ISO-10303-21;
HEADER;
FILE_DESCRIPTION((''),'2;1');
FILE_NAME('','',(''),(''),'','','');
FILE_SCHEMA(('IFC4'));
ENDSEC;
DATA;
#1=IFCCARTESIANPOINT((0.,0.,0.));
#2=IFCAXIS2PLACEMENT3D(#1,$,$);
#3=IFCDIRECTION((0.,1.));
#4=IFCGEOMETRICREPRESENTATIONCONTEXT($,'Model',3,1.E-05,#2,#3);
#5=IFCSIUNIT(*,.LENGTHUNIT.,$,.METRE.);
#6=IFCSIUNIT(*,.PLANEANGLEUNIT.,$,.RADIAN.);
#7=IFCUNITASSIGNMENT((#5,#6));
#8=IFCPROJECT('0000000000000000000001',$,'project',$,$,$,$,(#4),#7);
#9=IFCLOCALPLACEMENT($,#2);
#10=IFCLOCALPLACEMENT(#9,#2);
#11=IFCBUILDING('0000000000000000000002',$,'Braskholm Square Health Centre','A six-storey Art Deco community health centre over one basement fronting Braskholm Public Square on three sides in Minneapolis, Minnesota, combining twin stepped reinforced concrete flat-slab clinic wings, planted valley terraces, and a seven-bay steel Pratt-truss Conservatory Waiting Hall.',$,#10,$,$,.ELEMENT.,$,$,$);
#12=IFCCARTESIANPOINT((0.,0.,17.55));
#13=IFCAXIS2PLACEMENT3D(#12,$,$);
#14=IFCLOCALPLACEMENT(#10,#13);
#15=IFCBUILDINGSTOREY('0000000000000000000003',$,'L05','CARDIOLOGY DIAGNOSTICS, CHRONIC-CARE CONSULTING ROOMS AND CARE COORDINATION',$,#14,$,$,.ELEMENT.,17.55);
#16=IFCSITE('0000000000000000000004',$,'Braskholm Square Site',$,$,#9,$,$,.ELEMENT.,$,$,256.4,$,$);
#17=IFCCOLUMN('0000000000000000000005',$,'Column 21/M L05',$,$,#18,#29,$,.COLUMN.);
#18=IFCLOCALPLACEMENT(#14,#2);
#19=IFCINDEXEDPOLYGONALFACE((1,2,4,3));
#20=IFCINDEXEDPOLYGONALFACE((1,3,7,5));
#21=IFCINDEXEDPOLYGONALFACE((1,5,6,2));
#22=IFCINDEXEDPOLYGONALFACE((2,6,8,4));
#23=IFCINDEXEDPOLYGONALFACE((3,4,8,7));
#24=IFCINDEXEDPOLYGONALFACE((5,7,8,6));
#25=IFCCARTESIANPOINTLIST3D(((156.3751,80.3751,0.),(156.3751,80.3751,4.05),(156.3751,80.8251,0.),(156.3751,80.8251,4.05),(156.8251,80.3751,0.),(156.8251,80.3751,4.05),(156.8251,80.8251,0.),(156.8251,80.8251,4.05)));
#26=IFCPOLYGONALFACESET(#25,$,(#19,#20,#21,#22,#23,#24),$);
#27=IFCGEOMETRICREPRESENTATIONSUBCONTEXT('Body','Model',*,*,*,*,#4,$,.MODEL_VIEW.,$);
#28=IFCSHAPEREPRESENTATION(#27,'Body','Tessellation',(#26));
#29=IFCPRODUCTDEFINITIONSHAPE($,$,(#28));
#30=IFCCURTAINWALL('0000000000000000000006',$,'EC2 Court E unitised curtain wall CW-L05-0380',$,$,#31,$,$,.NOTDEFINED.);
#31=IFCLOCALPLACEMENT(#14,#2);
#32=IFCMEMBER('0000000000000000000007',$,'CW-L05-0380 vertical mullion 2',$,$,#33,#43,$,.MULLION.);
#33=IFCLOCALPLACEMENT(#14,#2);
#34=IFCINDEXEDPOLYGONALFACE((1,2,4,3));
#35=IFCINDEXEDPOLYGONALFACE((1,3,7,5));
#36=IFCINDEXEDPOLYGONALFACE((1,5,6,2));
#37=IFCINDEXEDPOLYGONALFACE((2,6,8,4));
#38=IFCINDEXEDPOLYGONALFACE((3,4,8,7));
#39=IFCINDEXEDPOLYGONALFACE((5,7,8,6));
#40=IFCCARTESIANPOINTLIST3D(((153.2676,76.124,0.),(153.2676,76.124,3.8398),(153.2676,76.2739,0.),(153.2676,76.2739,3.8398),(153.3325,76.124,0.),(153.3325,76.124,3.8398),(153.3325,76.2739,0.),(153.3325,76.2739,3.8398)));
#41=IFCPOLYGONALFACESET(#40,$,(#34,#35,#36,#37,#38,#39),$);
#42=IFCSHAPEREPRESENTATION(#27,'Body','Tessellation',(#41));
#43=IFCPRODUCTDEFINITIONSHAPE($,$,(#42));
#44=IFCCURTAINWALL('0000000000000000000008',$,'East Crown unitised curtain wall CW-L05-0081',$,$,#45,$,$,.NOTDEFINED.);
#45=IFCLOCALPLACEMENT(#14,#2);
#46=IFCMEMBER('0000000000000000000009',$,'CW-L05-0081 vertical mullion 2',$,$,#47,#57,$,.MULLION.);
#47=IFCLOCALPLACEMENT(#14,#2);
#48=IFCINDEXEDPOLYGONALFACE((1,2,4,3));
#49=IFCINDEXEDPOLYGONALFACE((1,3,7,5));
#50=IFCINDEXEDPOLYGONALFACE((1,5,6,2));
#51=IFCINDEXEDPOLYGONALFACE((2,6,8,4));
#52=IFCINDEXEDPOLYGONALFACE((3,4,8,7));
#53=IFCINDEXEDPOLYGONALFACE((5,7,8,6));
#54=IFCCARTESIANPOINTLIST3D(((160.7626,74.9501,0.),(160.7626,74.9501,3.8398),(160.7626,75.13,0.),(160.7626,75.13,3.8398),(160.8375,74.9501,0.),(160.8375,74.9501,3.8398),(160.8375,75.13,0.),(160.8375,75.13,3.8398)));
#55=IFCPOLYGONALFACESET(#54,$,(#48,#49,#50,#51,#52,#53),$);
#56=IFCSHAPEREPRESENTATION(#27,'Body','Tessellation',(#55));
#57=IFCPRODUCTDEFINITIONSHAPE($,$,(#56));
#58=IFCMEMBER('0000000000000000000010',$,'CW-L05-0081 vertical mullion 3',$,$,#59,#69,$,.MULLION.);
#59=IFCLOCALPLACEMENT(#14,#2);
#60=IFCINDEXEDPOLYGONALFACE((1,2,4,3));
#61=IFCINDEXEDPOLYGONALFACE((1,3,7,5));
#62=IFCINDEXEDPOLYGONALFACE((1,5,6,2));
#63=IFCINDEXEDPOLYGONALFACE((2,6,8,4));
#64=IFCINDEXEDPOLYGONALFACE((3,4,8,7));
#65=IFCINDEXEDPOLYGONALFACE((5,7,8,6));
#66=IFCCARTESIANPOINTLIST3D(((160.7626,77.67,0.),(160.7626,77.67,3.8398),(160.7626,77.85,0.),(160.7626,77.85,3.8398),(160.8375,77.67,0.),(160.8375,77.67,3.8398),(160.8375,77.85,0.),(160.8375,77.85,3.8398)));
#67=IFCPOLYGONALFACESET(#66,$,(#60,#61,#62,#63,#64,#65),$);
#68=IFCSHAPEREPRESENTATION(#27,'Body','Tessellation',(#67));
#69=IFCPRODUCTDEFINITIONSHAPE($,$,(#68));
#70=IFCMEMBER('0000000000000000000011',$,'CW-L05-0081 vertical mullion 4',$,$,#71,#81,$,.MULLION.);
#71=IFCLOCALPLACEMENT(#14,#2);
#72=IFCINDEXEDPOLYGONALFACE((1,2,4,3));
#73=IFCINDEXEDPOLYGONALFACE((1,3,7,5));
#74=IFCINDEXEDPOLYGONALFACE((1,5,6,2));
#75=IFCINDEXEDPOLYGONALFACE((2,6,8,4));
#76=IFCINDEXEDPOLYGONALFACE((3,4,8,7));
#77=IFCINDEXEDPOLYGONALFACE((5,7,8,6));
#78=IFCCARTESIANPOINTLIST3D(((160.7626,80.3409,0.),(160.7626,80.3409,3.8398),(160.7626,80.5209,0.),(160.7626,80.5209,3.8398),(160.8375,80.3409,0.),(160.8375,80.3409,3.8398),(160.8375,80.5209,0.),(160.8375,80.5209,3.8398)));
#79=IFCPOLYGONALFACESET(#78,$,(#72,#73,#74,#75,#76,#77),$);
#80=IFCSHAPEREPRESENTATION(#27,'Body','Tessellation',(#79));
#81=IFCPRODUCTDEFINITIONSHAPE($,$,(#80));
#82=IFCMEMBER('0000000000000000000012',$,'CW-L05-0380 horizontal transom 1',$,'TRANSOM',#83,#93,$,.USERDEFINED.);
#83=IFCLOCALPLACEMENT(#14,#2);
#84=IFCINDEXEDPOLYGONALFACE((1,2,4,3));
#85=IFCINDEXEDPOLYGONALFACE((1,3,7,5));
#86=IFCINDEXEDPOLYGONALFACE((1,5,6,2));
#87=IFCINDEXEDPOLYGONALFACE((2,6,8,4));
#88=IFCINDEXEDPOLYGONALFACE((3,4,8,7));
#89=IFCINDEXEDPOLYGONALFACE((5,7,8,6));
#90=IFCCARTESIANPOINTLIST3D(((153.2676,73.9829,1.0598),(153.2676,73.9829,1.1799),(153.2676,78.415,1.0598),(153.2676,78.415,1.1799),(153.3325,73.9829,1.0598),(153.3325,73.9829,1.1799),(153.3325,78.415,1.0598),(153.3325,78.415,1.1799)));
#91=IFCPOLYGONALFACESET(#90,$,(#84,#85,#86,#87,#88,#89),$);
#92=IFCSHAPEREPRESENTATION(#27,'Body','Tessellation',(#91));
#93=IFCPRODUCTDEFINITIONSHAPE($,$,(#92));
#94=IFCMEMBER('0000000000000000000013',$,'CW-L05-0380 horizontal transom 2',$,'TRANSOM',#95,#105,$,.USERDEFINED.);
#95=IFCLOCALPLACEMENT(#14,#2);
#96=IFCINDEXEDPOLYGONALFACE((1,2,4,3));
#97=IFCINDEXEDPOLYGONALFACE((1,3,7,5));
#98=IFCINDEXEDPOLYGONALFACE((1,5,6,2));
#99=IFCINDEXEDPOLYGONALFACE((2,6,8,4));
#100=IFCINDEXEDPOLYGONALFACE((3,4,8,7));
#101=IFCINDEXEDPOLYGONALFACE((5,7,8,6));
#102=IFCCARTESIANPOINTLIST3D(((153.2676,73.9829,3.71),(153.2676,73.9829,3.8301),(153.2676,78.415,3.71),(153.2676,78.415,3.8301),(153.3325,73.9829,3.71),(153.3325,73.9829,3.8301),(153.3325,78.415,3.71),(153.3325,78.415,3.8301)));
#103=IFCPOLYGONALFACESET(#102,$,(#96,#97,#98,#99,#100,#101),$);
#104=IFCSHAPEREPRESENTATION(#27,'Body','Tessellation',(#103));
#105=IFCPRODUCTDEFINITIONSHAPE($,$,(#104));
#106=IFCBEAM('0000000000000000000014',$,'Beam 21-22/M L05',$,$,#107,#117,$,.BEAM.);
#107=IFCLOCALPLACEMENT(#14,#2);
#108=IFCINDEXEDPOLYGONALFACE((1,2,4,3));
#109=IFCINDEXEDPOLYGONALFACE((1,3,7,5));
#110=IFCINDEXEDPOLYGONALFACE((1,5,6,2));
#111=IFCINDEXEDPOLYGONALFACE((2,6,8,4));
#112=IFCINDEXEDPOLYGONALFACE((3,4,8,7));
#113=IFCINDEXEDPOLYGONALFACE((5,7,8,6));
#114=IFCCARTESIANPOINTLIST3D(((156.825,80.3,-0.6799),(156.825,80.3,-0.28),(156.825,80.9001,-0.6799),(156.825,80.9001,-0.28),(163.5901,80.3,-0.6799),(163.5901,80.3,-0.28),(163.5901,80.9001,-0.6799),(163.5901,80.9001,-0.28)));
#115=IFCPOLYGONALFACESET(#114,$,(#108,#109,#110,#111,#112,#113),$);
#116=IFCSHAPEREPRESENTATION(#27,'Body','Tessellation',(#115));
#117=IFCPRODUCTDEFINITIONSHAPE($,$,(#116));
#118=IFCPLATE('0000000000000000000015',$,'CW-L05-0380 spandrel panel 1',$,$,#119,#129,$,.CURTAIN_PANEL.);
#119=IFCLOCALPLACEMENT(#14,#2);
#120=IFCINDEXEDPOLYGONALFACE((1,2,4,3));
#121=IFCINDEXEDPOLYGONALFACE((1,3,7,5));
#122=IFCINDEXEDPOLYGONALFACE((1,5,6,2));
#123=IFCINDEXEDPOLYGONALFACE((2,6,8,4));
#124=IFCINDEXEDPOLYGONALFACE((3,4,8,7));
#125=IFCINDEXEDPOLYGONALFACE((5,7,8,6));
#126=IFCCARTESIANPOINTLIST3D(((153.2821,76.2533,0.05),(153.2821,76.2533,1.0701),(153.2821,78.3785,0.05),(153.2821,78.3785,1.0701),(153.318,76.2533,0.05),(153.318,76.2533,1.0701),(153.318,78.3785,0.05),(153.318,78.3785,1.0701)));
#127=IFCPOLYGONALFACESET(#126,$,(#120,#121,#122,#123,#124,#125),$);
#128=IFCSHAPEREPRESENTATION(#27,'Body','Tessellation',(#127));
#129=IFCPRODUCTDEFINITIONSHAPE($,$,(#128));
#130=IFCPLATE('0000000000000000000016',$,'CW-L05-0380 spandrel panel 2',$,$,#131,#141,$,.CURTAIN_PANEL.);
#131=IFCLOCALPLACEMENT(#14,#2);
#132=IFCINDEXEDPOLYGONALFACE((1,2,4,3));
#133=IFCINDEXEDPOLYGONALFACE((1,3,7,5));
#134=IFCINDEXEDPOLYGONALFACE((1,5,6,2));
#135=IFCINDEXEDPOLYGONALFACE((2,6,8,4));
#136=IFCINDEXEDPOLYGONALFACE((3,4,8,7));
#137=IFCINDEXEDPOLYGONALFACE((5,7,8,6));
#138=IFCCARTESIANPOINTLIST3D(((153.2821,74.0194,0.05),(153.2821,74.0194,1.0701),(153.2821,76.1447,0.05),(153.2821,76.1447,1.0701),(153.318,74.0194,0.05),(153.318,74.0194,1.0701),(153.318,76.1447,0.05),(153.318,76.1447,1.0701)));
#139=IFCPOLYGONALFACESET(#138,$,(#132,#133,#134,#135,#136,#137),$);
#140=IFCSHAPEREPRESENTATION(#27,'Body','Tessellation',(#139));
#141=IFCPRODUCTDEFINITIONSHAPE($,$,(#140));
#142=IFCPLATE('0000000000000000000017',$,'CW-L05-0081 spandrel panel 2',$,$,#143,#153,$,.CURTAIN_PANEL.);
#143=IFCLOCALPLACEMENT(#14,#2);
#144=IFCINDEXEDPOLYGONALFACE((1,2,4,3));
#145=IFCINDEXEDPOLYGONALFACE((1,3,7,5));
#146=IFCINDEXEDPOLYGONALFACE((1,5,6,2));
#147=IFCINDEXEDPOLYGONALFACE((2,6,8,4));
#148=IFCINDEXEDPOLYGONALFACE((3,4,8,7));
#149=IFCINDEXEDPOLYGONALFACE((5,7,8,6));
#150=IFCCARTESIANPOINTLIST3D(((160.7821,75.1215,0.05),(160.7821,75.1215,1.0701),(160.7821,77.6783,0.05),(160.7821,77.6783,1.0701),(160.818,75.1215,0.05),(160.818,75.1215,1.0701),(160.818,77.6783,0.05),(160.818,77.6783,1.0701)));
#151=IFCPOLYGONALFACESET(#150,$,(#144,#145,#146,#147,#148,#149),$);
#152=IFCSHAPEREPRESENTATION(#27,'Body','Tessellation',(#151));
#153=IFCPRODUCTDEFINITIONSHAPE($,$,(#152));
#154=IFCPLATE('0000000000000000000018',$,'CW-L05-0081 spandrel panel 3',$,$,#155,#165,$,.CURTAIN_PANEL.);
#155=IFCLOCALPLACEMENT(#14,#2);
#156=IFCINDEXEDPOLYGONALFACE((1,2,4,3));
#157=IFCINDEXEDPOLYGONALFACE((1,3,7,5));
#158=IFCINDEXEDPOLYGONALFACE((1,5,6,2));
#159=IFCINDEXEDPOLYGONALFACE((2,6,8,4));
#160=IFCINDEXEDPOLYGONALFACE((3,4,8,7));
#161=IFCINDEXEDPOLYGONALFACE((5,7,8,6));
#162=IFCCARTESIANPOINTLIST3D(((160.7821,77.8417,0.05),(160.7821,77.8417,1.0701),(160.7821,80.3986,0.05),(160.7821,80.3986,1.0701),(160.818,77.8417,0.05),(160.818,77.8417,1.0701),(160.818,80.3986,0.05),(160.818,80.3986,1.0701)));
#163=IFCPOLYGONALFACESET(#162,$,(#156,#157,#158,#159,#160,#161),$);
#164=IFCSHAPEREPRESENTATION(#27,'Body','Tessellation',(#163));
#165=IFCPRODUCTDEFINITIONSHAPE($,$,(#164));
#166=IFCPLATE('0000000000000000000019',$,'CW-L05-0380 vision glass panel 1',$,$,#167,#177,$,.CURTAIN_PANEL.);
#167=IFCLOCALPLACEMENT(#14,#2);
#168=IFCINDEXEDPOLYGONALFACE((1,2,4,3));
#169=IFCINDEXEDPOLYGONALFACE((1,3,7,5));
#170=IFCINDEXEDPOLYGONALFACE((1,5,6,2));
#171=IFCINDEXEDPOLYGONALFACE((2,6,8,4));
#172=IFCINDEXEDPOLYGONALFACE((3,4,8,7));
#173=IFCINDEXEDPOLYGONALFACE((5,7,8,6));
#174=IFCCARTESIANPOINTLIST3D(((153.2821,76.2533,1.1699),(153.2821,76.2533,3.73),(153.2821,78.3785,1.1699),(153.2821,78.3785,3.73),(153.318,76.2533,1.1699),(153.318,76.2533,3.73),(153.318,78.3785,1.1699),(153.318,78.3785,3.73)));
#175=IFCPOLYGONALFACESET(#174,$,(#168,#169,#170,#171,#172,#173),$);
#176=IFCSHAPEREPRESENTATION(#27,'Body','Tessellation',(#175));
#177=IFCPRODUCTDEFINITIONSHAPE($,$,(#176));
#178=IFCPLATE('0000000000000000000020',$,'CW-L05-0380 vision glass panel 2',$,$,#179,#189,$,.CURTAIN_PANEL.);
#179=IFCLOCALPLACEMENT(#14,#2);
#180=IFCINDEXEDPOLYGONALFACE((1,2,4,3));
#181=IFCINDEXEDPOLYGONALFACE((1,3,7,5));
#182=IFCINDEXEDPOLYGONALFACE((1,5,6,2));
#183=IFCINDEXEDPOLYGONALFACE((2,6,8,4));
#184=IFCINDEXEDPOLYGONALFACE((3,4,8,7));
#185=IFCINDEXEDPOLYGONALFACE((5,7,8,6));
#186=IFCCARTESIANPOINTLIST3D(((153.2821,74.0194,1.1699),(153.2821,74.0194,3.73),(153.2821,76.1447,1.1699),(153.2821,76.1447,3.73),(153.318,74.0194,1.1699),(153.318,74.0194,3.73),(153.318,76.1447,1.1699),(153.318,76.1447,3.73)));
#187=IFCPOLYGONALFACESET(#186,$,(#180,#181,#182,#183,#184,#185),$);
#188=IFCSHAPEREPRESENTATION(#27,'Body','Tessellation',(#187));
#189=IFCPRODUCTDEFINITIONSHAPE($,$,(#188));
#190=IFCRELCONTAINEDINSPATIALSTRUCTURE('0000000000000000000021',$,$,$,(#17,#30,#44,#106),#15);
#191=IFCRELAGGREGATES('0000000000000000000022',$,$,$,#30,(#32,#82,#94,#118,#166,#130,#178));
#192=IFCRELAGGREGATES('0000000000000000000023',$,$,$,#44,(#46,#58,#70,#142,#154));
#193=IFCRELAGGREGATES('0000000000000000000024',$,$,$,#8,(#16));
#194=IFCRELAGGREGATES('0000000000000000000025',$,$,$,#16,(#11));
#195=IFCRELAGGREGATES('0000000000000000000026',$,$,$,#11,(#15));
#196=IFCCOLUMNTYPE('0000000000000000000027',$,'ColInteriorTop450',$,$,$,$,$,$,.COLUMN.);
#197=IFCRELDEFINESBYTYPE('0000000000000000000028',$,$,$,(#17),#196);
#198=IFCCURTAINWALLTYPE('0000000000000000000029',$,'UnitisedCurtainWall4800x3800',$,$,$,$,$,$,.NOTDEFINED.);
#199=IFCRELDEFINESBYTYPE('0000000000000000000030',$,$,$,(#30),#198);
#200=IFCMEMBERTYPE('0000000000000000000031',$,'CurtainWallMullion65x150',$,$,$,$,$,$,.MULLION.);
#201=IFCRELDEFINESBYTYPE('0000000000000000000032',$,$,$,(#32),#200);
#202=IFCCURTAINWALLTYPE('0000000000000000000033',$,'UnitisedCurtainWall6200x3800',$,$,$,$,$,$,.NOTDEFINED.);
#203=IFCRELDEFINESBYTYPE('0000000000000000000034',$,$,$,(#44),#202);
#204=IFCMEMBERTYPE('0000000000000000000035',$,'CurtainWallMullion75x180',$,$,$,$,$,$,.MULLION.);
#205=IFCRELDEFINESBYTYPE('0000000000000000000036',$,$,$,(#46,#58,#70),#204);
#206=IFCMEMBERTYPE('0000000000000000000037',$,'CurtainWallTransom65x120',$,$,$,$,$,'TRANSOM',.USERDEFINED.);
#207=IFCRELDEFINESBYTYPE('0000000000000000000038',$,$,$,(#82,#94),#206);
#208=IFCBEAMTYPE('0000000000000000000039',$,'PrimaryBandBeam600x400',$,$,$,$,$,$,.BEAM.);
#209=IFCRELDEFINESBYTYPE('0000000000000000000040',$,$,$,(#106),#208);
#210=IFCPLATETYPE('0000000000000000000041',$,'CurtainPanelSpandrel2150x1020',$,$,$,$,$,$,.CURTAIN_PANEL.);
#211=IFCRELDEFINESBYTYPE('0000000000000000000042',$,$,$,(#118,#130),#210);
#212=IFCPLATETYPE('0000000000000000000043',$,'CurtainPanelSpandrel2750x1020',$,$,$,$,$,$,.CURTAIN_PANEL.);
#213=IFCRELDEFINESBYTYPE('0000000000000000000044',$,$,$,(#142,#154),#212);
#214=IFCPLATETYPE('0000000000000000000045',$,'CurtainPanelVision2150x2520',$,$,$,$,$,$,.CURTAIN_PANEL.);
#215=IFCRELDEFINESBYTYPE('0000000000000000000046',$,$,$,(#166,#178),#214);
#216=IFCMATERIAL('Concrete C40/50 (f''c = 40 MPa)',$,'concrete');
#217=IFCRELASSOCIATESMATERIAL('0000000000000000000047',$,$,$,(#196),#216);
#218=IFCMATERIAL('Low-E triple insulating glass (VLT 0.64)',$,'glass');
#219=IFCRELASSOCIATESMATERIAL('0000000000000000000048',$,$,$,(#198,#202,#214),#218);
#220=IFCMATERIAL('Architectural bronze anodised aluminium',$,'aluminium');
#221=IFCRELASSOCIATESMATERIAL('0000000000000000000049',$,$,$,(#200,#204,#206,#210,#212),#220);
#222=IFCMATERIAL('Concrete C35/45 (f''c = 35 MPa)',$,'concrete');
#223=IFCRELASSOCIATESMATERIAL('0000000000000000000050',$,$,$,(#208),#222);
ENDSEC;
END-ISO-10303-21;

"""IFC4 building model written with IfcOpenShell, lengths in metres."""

from ifc_helpers import new_model, si_unit, direction, frame, origin, origin_2d, place, context, subcontext, project, spatial, rectangle, extrude, material, material_profile, profile_set, type_object, element, aggregate, save


model = new_model("IFC4")

# Units and contexts
model_context = context("Model", 3, precision=1e-05, world=origin(), true_north=direction((0.0, 1.0)))
body_context = subcontext(model_context, "Body", "Model", "MODEL_VIEW")
ifc_project = project(units=[si_unit("LENGTHUNIT", "METRE"), si_unit("PLANEANGLEUNIT", "RADIAN")], contexts=[model_context])

# Site, building, storey
site_placement = place(None, origin())
site = spatial("IfcSite", under=ifc_project, at=site_placement, Name="Braskholm Square Site", CompositionType="ELEMENT", RefElevation=256.4)
building_placement = place(site_placement, origin())
building = spatial("IfcBuilding", under=site, at=building_placement, Name="Braskholm Square Health Centre", Description="A six-storey Art Deco community health centre over one basement fronting Braskholm Public Square on three sides in Minneapolis, Minnesota, combining twin stepped reinforced concrete flat-slab clinic wings, planted valley terraces, and a seven-bay steel Pratt-truss Conservatory Waiting Hall.", CompositionType="ELEMENT")
storey_placement = place(building_placement, frame((0.0, 0.0, 17.55)))
storey = spatial("IfcBuildingStorey", under=building, at=storey_placement, Name="L05", Description="CARDIOLOGY DIAGNOSTICS, CHRONIC-CARE CONSULTING ROOMS AND CARE COORDINATION", CompositionType="ELEMENT", Elevation=17.55)

# Column
ifc_material_1 = material(Name="Concrete C40/50 (f'c = 40 MPa)", Category="concrete")
ifc_material_profile_1 = material_profile(ifc_material_1, rectangle(XDim=0.45, YDim=0.45, at=origin_2d()), Name="RC-450X450")
ifc_profile_set_1 = profile_set([ifc_material_profile_1], Name="Concrete C40/50 (f'c = 40 MPa)")
column_type = type_object("IfcColumnType", Name="ColInteriorTop450", PredefinedType="COLUMN", material=ifc_profile_set_1)
column_placement = place(storey_placement, frame((156.6001, 80.6001, 0.0), z_axis=(0.0, 0.0, 1.0), x_axis=(1.0, 0.0, 0.0)))
element("IfcColumn", 1, at=column_placement, inside=storey, type_object=column_type, Name="Column 21/M L05", PredefinedType="COLUMN", context=body_context, shape_type="SweptSolid", body=[
    extrude(rectangle(XDim=0.45, YDim=0.45, at=origin_2d()), origin(), (0.0, 0.0, 1.0), 4.05),
])

# Curtain wall, member
ifc_material_2 = material(Name="Low-E triple insulating glass (VLT 0.64)", Category="glass")
curtain_wall_type_1 = type_object("IfcCurtainWallType", Name="UnitisedCurtainWall4800x3800", PredefinedType="NOTDEFINED", material=ifc_material_2)
curtain_wall_1_placement = place(storey_placement, origin())
curtain_wall_1 = element("IfcCurtainWall", 2, at=curtain_wall_1_placement, inside=storey, type_object=curtain_wall_type_1, Name="EC2 Court E unitised curtain wall CW-L05-0380", PredefinedType="NOTDEFINED")
ifc_material_3 = material(Name="Architectural bronze anodised aluminium", Category="aluminium")
ifc_material_profile_2 = material_profile(ifc_material_3, rectangle(XDim=0.0649, YDim=0.1499, at=origin_2d()), Name="ALU-65X150")
ifc_profile_set_2 = profile_set([ifc_material_profile_2], Name="Architectural bronze anodised aluminium")
member_type_1 = type_object("IfcMemberType", Name="CurtainWallMullion65x150", PredefinedType="MULLION", material=ifc_profile_set_2)
member_1_placement = place(storey_placement, frame((153.3, 76.199, 0.0), z_axis=(0.0, 0.0, 1.0), x_axis=(1.0, 0.0, 0.0)))
member_1 = element("IfcMember", 3, at=member_1_placement, type_object=member_type_1, Name="CW-L05-0380 vertical mullion 2", PredefinedType="MULLION", context=body_context, shape_type="SweptSolid", body=[
    extrude(rectangle(XDim=0.0649, YDim=0.1499, at=origin_2d()), origin(), (0.0, 0.0, 1.0), 3.8398),
])

# Curtain wall, members
curtain_wall_type_2 = type_object("IfcCurtainWallType", Name="UnitisedCurtainWall6200x3800", PredefinedType="NOTDEFINED", material=ifc_material_2)
curtain_wall_2_placement = place(storey_placement, origin())
curtain_wall_2 = element("IfcCurtainWall", 4, at=curtain_wall_2_placement, inside=storey, type_object=curtain_wall_type_2, Name="East Crown unitised curtain wall CW-L05-0081", PredefinedType="NOTDEFINED")
ifc_material_profile_3 = material_profile(ifc_material_3, rectangle(XDim=0.075, YDim=0.1799, at=origin_2d()), Name="ALU-75X180")
ifc_profile_set_3 = profile_set([ifc_material_profile_3], Name="Architectural bronze anodised aluminium")
member_type_2 = type_object("IfcMemberType", Name="CurtainWallMullion75x180", PredefinedType="MULLION", material=ifc_profile_set_3)
member_2_placement = place(storey_placement, frame((160.8, 75.04, 0.0), z_axis=(0.0, 0.0, 1.0), x_axis=(1.0, 0.0, 0.0)))
member_2 = element("IfcMember", 5, at=member_2_placement, type_object=member_type_2, Name="CW-L05-0081 vertical mullion 2", PredefinedType="MULLION", context=body_context, shape_type="SweptSolid", body=[
    extrude(rectangle(XDim=0.075, YDim=0.1799, at=origin_2d()), origin(), (0.0, 0.0, 1.0), 3.8398),
])
member_3_placement = place(storey_placement, frame((160.8, 77.76, 0.0), z_axis=(0.0, 0.0, 1.0), x_axis=(1.0, 0.0, 0.0)))
member_3 = element("IfcMember", 6, at=member_3_placement, type_object=member_type_2, Name="CW-L05-0081 vertical mullion 3", PredefinedType="MULLION", context=body_context, shape_type="SweptSolid", body=[
    extrude(rectangle(XDim=0.075, YDim=0.1799, at=origin_2d()), origin(), (0.0, 0.0, 1.0), 3.8398),
])
member_4_placement = place(storey_placement, frame((160.8, 80.4309, 0.0), z_axis=(0.0, 0.0, 1.0), x_axis=(1.0, 0.0, 0.0)))
member_4 = element("IfcMember", 7, at=member_4_placement, type_object=member_type_2, Name="CW-L05-0081 vertical mullion 4", PredefinedType="MULLION", context=body_context, shape_type="SweptSolid", body=[
    extrude(rectangle(XDim=0.075, YDim=0.1799, at=origin_2d()), origin(), (0.0, 0.0, 1.0), 3.8398),
])

# Members
ifc_material_profile_4 = material_profile(ifc_material_3, rectangle(XDim=0.0649, YDim=0.1201, at=origin_2d()), Name="ALU-65X120")
ifc_profile_set_4 = profile_set([ifc_material_profile_4], Name="Architectural bronze anodised aluminium")
member_type_3 = type_object("IfcMemberType", Name="CurtainWallTransom65x120", ElementType="TRANSOM", PredefinedType="USERDEFINED", material=ifc_profile_set_4)
member_5_placement = place(storey_placement, frame((153.3, 78.415, 1.1199), z_axis=(0.0, -1.0, 0.0), x_axis=(1.0, 0.0, 0.0)))
member_5 = element("IfcMember", 8, at=member_5_placement, type_object=member_type_3, Name="CW-L05-0380 horizontal transom 1", ObjectType="TRANSOM", PredefinedType="USERDEFINED", context=body_context, shape_type="SweptSolid", body=[
    extrude(rectangle(XDim=0.0649, YDim=0.1201, at=origin_2d()), origin(), (0.0, 0.0, 1.0), 4.4321),
])
member_6_placement = place(storey_placement, frame((153.3, 78.415, 3.77), z_axis=(0.0, -1.0, 0.0), x_axis=(1.0, 0.0, 0.0)))
member_6 = element("IfcMember", 9, at=member_6_placement, type_object=member_type_3, Name="CW-L05-0380 horizontal transom 2", ObjectType="TRANSOM", PredefinedType="USERDEFINED", context=body_context, shape_type="SweptSolid", body=[
    extrude(rectangle(XDim=0.0649, YDim=0.1201, at=origin_2d()), origin(), (0.0, 0.0, 1.0), 4.4321),
])

# Beam
ifc_material_4 = material(Name="Concrete C35/45 (f'c = 35 MPa)", Category="concrete")
ifc_material_profile_5 = material_profile(ifc_material_4, rectangle(XDim=0.6001, YDim=0.3999, at=origin_2d()), Name="RCB-600X400")
ifc_profile_set_5 = profile_set([ifc_material_profile_5], Name="Concrete C35/45 (f'c = 35 MPa)")
beam_type = type_object("IfcBeamType", Name="PrimaryBandBeam600x400", PredefinedType="BEAM", material=ifc_profile_set_5)
beam_placement = place(storey_placement, frame((156.825, 80.6001, -0.48), z_axis=(1.0, 0.0, 0.0), x_axis=(0.0, 1.0, 0.0)))
element("IfcBeam", 10, at=beam_placement, inside=storey, type_object=beam_type, Name="Beam 21-22/M L05", PredefinedType="BEAM", context=body_context, shape_type="SweptSolid", body=[
    extrude(rectangle(XDim=0.6001, YDim=0.3999, at=origin_2d()), origin(), (0.0, 0.0, 1.0), 6.7651),
])

# Plates
plate_type_1 = type_object("IfcPlateType", Name="CurtainPanelSpandrel2150x1020", PredefinedType="CURTAIN_PANEL", material=ifc_material_3)
plate_1_placement = place(storey_placement, frame((153.3, 77.3159, 0.05), z_axis=(0.0, 0.0, 1.0), x_axis=(0.0, -1.0, 0.0)))
plate_1 = element("IfcPlate", 11, at=plate_1_placement, type_object=plate_type_1, Name="CW-L05-0380 spandrel panel 1", PredefinedType="CURTAIN_PANEL", context=body_context, shape_type="SweptSolid", body=[
    extrude(rectangle(XDim=2.1252, YDim=0.0359, at=origin_2d()), origin(), (0.0, 0.0, 1.0), 1.02),
])
plate_2_placement = place(storey_placement, frame((153.3, 75.082, 0.05), z_axis=(0.0, 0.0, 1.0), x_axis=(0.0, -1.0, 0.0)))
plate_2 = element("IfcPlate", 12, at=plate_2_placement, type_object=plate_type_1, Name="CW-L05-0380 spandrel panel 2", PredefinedType="CURTAIN_PANEL", context=body_context, shape_type="SweptSolid", body=[
    extrude(rectangle(XDim=2.1252, YDim=0.0359, at=origin_2d()), origin(), (0.0, 0.0, 1.0), 1.02),
])
plate_type_2 = type_object("IfcPlateType", Name="CurtainPanelSpandrel2750x1020", PredefinedType="CURTAIN_PANEL", material=ifc_material_3)
plate_3_placement = place(storey_placement, frame((160.8, 76.3999, 0.05), z_axis=(0.0, 0.0, 1.0), x_axis=(0.0, 1.0, 0.0)))
plate_3 = element("IfcPlate", 13, at=plate_3_placement, type_object=plate_type_2, Name="CW-L05-0081 spandrel panel 2", PredefinedType="CURTAIN_PANEL", context=body_context, shape_type="SweptSolid", body=[
    extrude(rectangle(XDim=2.5569, YDim=0.0359, at=origin_2d()), origin(), (0.0, 0.0, 1.0), 1.02),
])
plate_4_placement = place(storey_placement, frame((160.8, 79.1201, 0.05), z_axis=(0.0, 0.0, 1.0), x_axis=(0.0, 1.0, 0.0)))
plate_4 = element("IfcPlate", 14, at=plate_4_placement, type_object=plate_type_2, Name="CW-L05-0081 spandrel panel 3", PredefinedType="CURTAIN_PANEL", context=body_context, shape_type="SweptSolid", body=[
    extrude(rectangle(XDim=2.5569, YDim=0.0359, at=origin_2d()), origin(), (0.0, 0.0, 1.0), 1.02),
])
plate_type_3 = type_object("IfcPlateType", Name="CurtainPanelVision2150x2520", PredefinedType="CURTAIN_PANEL", material=ifc_material_2)
plate_5_placement = place(storey_placement, frame((153.3, 77.3159, 1.1699), z_axis=(0.0, 0.0, 1.0), x_axis=(0.0, -1.0, 0.0)))
plate_5 = element("IfcPlate", 15, at=plate_5_placement, type_object=plate_type_3, Name="CW-L05-0380 vision glass panel 1", PredefinedType="CURTAIN_PANEL", context=body_context, shape_type="SweptSolid", body=[
    extrude(rectangle(XDim=2.1252, YDim=0.0359, at=origin_2d()), origin(), (0.0, 0.0, 1.0), 2.5601),
])
plate_6_placement = place(storey_placement, frame((153.3, 75.082, 1.1699), z_axis=(0.0, 0.0, 1.0), x_axis=(0.0, -1.0, 0.0)))
plate_6 = element("IfcPlate", 16, at=plate_6_placement, type_object=plate_type_3, Name="CW-L05-0380 vision glass panel 2", PredefinedType="CURTAIN_PANEL", context=body_context, shape_type="SweptSolid", body=[
    extrude(rectangle(XDim=2.1252, YDim=0.0359, at=origin_2d()), origin(), (0.0, 0.0, 1.0), 2.5601),
])
aggregate(curtain_wall_1, [member_1, member_5, member_6, plate_1, plate_5, plate_2, plate_6])
aggregate(curtain_wall_2, [member_2, member_3, member_4, plate_3, plate_4])

save(model, "model.ifc")
